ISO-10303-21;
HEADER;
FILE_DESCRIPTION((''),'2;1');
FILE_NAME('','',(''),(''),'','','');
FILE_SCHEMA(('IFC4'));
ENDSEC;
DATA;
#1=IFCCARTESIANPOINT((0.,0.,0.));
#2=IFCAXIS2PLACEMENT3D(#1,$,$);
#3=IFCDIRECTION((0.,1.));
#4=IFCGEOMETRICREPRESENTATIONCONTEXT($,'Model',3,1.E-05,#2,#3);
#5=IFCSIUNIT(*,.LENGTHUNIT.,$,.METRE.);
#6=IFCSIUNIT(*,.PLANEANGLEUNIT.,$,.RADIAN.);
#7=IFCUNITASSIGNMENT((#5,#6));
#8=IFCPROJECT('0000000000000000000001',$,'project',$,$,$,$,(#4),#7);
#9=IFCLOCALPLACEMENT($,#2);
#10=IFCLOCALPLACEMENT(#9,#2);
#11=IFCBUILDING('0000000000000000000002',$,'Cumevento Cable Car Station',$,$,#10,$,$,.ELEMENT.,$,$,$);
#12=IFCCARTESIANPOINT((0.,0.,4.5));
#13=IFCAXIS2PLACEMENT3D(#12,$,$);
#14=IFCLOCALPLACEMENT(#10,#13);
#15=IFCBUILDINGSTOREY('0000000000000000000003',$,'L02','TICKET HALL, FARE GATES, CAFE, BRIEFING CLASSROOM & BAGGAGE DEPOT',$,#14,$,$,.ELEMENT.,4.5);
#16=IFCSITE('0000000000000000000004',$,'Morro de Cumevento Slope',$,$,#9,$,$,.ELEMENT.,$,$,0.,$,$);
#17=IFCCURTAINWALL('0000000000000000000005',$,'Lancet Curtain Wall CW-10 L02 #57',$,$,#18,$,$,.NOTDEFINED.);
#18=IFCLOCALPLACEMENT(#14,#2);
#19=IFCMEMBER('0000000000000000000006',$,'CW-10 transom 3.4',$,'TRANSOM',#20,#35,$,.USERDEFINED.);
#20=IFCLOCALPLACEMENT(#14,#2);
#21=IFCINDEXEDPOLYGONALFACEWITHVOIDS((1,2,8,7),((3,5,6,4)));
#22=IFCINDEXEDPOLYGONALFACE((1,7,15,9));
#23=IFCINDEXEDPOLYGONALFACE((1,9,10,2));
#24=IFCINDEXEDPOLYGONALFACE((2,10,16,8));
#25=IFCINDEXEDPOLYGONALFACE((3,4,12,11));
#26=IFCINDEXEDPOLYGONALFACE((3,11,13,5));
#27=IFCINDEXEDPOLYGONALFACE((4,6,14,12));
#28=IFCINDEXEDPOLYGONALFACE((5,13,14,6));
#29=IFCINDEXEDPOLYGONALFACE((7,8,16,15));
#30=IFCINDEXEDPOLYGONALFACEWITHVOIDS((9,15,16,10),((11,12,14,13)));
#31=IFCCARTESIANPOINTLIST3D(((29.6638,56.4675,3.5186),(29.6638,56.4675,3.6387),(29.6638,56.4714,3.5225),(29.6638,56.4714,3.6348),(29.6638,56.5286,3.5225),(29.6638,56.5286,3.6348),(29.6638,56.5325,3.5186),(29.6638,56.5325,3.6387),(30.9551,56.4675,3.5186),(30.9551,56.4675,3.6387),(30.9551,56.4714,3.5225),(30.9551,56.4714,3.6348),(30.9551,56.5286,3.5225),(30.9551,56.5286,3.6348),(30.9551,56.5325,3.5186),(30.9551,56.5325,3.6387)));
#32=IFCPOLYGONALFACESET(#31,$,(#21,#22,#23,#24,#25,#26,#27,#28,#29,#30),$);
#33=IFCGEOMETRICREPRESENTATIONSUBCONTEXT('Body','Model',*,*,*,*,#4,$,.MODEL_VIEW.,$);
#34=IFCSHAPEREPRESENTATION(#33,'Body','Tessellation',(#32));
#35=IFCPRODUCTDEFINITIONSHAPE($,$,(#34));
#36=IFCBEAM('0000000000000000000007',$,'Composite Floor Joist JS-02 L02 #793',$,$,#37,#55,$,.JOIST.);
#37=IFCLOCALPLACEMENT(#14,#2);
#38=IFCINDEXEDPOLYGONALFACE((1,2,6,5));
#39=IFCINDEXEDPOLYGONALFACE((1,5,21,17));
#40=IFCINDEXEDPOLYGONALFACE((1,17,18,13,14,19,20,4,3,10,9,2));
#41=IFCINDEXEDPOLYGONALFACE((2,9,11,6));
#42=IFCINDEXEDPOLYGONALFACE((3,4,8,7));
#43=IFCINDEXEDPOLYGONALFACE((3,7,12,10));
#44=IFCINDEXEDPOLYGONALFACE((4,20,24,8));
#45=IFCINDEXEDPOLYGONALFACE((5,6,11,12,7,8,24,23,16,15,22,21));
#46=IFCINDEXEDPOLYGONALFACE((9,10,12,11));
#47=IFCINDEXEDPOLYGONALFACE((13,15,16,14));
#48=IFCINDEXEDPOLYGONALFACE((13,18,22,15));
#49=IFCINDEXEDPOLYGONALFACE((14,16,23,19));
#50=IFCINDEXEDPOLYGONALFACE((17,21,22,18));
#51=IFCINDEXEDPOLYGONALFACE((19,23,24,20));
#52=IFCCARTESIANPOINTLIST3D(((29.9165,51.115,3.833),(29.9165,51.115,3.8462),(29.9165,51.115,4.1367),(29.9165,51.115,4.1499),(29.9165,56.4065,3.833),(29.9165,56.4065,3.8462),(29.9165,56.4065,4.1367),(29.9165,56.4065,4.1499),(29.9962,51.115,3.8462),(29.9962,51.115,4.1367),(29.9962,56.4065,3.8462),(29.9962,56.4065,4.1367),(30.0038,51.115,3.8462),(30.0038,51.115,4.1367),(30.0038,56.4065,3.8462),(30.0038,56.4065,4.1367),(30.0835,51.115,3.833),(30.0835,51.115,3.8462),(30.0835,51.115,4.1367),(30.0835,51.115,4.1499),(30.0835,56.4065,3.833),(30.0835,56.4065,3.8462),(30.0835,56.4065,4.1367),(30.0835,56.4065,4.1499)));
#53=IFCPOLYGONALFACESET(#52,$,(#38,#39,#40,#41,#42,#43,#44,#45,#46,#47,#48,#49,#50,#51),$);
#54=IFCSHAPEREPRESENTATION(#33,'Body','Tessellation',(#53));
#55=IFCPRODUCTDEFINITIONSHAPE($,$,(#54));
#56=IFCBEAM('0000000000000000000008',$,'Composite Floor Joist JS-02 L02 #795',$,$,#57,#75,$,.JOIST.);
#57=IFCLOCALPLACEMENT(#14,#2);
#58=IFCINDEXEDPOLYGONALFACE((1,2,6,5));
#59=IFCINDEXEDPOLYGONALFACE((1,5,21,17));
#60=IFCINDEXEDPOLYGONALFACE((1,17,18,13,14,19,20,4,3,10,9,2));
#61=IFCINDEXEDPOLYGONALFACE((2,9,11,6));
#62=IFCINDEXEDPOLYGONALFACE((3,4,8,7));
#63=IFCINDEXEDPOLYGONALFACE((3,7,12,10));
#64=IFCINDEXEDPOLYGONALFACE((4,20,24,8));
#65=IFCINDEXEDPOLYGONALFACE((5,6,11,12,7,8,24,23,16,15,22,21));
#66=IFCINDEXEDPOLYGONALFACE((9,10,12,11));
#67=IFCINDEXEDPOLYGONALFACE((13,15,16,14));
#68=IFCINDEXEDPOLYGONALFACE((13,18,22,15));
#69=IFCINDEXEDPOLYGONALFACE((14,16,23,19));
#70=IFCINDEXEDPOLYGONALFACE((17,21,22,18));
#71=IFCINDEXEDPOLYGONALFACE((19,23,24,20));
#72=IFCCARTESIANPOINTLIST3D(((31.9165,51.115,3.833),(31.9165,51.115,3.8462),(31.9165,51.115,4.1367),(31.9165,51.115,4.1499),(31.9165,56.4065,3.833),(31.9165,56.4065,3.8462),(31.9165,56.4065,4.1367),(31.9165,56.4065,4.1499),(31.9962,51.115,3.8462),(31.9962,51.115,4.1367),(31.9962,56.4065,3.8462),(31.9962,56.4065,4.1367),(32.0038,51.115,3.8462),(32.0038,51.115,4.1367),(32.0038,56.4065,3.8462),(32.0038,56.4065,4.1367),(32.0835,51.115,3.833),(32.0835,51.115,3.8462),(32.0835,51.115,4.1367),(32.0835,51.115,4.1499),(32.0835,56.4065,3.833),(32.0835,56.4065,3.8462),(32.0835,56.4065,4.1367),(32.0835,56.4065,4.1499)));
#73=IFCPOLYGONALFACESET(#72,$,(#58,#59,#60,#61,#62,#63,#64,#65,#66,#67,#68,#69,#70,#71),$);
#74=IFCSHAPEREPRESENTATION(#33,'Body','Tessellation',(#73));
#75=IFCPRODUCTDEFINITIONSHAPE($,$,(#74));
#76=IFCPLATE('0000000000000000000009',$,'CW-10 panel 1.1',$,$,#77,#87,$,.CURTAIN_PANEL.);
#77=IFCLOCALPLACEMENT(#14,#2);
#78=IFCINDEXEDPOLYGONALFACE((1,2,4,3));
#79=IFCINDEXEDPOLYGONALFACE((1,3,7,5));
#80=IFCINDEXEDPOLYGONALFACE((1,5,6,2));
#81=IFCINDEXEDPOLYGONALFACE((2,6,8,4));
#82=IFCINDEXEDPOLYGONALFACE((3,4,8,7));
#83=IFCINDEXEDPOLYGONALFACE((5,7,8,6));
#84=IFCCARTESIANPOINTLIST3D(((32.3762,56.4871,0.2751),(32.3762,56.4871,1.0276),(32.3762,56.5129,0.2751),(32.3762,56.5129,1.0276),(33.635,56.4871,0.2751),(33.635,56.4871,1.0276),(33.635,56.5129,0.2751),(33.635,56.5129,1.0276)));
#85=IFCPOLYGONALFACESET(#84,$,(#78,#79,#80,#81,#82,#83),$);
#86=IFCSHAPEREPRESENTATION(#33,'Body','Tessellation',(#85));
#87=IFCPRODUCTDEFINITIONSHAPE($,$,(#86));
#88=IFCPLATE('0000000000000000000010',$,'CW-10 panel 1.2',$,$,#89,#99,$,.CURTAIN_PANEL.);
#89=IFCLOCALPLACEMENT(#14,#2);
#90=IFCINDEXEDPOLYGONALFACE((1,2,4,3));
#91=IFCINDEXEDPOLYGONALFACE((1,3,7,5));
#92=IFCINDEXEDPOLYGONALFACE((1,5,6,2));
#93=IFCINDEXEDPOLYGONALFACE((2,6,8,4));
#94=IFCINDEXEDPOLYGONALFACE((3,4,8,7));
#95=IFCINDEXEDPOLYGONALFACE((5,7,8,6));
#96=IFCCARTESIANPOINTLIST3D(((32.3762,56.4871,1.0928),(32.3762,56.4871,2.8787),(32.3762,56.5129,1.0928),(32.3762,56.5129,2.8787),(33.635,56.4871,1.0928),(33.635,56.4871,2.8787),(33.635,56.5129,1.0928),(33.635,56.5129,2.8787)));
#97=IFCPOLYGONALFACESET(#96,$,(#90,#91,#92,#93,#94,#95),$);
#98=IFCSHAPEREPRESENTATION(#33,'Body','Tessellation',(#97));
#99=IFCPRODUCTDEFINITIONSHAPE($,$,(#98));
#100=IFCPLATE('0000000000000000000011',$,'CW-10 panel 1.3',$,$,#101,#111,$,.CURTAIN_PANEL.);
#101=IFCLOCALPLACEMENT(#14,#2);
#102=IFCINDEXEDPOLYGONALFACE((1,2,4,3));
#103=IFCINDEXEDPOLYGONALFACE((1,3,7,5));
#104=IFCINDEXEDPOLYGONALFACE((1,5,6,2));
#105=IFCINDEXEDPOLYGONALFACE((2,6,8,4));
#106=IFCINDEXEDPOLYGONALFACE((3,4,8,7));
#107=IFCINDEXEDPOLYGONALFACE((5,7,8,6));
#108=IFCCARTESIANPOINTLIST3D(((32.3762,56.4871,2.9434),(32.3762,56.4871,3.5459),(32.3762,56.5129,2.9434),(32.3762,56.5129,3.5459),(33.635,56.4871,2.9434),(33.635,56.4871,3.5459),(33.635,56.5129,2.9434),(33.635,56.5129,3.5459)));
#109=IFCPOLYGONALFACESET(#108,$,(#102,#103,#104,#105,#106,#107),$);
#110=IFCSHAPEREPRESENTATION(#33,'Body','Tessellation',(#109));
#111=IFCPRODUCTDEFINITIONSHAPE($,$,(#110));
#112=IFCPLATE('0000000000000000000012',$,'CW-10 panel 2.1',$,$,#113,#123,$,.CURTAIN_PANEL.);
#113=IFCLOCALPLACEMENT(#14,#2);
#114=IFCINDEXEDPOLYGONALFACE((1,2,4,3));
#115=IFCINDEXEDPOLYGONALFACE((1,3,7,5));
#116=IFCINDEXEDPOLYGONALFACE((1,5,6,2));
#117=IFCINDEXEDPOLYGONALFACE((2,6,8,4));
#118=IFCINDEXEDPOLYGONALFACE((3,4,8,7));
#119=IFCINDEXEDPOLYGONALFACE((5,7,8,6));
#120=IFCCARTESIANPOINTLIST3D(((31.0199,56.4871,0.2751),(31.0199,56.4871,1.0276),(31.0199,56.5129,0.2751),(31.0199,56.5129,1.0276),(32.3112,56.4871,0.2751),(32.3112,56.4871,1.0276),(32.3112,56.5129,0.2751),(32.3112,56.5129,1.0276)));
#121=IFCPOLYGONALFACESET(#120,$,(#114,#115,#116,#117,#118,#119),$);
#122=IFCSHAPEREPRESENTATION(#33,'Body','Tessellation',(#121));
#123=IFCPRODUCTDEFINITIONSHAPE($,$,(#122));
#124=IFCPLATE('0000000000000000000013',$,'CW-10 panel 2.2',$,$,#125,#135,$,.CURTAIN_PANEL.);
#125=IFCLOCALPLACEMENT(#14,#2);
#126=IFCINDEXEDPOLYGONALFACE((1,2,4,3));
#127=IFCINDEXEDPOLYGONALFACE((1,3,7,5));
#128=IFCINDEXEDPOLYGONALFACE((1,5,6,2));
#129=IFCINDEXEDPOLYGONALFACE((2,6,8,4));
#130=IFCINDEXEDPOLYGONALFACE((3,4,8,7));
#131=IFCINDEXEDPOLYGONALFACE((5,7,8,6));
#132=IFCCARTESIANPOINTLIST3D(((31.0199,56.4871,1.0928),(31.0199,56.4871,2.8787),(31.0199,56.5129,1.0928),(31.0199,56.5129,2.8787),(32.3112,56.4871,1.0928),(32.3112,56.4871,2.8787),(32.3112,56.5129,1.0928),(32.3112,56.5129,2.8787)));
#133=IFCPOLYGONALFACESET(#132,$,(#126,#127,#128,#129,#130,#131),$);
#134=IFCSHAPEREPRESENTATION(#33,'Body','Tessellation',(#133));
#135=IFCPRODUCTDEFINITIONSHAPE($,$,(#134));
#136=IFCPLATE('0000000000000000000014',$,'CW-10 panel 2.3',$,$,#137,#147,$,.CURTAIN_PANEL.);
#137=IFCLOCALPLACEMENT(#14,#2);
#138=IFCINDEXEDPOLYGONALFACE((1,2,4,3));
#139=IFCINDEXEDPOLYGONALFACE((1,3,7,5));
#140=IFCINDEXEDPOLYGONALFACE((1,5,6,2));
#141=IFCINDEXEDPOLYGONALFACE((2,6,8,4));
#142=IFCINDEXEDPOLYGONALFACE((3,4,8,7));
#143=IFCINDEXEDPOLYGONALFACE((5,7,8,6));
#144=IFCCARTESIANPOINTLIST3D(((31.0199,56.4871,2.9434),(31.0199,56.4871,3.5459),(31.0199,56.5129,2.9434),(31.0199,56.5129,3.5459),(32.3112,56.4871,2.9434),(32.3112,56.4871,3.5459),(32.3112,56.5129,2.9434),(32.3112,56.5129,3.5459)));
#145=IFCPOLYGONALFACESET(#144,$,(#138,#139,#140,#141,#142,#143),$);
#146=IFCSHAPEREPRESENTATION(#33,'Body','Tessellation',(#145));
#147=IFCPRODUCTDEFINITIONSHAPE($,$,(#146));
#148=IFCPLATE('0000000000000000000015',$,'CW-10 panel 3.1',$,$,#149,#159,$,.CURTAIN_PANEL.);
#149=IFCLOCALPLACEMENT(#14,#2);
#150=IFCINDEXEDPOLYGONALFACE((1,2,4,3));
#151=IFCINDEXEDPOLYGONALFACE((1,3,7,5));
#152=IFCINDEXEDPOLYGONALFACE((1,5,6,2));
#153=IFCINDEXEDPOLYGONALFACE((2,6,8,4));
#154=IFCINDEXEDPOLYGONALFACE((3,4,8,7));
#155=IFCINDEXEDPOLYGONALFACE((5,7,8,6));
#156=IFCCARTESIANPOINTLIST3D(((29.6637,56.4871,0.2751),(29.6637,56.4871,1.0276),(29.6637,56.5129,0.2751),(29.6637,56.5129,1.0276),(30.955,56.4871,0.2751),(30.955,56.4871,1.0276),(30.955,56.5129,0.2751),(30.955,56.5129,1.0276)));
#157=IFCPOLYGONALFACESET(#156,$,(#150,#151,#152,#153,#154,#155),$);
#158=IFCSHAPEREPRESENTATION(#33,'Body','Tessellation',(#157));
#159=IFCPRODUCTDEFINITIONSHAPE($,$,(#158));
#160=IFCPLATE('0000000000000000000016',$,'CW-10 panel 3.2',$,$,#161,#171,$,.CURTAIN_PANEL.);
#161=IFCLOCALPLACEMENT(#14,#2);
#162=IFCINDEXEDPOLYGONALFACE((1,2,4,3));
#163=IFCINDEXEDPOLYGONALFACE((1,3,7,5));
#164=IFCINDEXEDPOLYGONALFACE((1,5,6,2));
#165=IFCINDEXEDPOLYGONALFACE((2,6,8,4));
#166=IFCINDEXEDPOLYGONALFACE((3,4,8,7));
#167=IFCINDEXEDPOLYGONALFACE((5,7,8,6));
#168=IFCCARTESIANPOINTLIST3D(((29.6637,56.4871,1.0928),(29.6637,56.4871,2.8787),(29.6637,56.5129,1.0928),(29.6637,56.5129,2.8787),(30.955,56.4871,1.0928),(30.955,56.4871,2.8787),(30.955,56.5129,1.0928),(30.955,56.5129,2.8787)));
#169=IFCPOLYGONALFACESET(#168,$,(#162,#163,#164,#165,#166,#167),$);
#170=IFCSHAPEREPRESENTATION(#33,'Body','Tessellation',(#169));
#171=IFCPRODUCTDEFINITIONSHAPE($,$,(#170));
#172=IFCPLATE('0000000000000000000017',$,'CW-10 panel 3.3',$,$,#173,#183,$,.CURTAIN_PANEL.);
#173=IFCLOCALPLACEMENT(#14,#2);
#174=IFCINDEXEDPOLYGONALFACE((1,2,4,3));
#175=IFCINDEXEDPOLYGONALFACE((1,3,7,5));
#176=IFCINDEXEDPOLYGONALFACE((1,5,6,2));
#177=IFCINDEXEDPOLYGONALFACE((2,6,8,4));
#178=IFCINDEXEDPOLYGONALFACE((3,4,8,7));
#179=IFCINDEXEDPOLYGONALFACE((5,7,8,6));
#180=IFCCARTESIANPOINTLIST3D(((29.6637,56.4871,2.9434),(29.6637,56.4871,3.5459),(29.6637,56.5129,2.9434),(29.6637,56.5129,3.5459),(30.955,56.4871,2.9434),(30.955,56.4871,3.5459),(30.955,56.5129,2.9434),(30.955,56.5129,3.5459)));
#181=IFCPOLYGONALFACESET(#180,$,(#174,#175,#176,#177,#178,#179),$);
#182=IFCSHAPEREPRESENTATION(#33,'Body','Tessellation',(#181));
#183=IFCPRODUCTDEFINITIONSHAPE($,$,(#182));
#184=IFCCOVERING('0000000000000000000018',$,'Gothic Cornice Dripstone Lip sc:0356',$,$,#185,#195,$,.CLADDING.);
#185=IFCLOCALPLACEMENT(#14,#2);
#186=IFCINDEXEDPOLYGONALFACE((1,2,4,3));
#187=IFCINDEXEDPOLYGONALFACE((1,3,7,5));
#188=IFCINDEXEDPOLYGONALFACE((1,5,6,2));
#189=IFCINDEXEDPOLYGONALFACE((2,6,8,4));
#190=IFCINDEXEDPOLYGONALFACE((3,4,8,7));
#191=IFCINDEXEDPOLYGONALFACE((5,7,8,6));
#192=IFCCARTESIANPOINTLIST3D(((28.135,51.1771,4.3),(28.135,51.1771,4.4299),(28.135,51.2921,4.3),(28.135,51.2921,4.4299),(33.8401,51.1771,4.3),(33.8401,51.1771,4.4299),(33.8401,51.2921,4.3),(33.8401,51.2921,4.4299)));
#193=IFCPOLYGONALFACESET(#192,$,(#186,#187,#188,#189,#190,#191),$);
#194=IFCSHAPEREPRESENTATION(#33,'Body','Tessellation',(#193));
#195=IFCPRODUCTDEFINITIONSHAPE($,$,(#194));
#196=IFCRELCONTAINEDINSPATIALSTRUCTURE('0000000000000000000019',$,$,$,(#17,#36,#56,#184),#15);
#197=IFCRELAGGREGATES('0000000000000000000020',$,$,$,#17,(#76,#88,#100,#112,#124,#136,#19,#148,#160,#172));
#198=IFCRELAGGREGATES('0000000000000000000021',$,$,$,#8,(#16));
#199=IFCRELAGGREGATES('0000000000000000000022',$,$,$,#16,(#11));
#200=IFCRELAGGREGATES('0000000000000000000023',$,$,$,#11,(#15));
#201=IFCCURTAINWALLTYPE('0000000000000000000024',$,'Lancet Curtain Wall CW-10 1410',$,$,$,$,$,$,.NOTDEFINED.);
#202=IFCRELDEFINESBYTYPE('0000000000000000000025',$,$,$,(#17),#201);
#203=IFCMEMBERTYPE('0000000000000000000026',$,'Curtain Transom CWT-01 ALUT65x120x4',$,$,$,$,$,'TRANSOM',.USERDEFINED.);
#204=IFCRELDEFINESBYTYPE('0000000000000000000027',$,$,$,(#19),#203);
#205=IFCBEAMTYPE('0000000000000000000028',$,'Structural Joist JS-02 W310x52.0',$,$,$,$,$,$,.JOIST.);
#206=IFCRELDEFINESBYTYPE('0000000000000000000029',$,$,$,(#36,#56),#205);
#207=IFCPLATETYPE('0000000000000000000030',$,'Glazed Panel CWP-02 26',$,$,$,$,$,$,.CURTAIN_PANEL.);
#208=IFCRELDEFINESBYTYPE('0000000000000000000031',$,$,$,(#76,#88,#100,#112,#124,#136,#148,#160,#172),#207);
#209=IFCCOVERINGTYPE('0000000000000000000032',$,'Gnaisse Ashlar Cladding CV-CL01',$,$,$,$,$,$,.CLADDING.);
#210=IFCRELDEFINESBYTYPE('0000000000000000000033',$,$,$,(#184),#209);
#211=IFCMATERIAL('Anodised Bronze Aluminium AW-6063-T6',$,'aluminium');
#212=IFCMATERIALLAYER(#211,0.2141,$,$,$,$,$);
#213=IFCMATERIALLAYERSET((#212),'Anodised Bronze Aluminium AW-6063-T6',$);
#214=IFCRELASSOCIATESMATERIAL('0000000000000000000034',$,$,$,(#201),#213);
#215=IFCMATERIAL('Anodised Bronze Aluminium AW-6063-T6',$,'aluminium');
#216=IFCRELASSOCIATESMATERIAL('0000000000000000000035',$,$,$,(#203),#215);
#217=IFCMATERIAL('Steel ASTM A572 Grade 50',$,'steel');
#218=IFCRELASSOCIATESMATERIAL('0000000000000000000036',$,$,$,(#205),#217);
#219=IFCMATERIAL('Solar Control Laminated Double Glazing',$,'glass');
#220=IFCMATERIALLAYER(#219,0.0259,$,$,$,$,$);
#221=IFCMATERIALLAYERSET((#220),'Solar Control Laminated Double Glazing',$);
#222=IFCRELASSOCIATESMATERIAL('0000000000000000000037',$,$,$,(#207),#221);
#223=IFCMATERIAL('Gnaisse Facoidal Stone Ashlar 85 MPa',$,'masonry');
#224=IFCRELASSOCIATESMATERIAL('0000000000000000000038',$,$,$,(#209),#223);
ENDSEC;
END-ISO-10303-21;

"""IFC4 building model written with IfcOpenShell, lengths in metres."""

from ifc_helpers import new_model, si_unit, direction, frame, origin, origin_2d, place, context, subcontext, project, spatial, rectangle, hollow_rectangle, i_section, extrude, material, layer, layer_set, material_profile, profile_set, type_object, element, aggregate, save


model = new_model("IFC4")

# Units and contexts
model_context = context("Model", 3, precision=1e-05, world=origin(), true_north=direction((0.0, 1.0)))
body_context = subcontext(model_context, "Body", "Model", "MODEL_VIEW")
ifc_project = project(units=[si_unit("LENGTHUNIT", "METRE"), si_unit("PLANEANGLEUNIT", "RADIAN")], contexts=[model_context])

# Site, building, storey
site_placement = place(None, origin())
site = spatial("IfcSite", under=ifc_project, at=site_placement, Name="Morro de Cumevento Slope", CompositionType="ELEMENT", RefElevation=0.0)
building_placement = place(site_placement, origin())
building = spatial("IfcBuilding", under=site, at=building_placement, Name="Cumevento Cable Car Station", CompositionType="ELEMENT")
storey_placement = place(building_placement, frame((0.0, 0.0, 4.5)))
storey = spatial("IfcBuildingStorey", under=building, at=storey_placement, Name="L02", Description="TICKET HALL, FARE GATES, CAFE, BRIEFING CLASSROOM & BAGGAGE DEPOT", CompositionType="ELEMENT", Elevation=4.5)

# Curtain wall, member
ifc_material_1 = material(Name="Anodised Bronze Aluminium AW-6063-T6", Category="aluminium")
ifc_layer_1 = layer(ifc_material_1, 0.2141)
ifc_layer_set_1 = layer_set([ifc_layer_1], Name="Anodised Bronze Aluminium AW-6063-T6")
curtain_wall_type = type_object("IfcCurtainWallType", Name="Lancet Curtain Wall CW-10 1410", PredefinedType="NOTDEFINED", material=ifc_layer_set_1)
curtain_wall_placement = place(storey_placement, origin())
curtain_wall = element("IfcCurtainWall", 1, at=curtain_wall_placement, inside=storey, type_object=curtain_wall_type, Name="Lancet Curtain Wall CW-10 L02 #57", PredefinedType="NOTDEFINED")
ifc_material_2 = material(Name="Anodised Bronze Aluminium AW-6063-T6", Category="aluminium")
ifc_material_profile_1 = material_profile(ifc_material_2, hollow_rectangle(XDim=0.0649, YDim=0.1201, WallThickness=0.0039, at=origin_2d()), Name="ALUT65x120x4")
ifc_profile_set_1 = profile_set([ifc_material_profile_1], Name="Anodised Bronze Aluminium AW-6063-T6")
member_type_1 = type_object("IfcMemberType", Name="Curtain Transom CWT-01 ALUT65x120x4", ElementType="TRANSOM", PredefinedType="USERDEFINED", material=ifc_profile_set_1)
member_1_placement = place(storey_placement, frame((30.9551, 56.5, 3.5786), z_axis=(-1.0, 0.0, 0.0), x_axis=(0.0, -1.0, 0.0)))
member_1 = element("IfcMember", 2, at=member_1_placement, type_object=member_type_1, Name="CW-10 transom 3.4", ObjectType="TRANSOM", PredefinedType="USERDEFINED", context=body_context, shape_type="SweptSolid", body=[
    extrude(hollow_rectangle(XDim=0.0649, YDim=0.1201, WallThickness=0.0039, at=origin_2d()), origin(), (0.0, 0.0, 1.0), 1.2913),
])

# Beams
ifc_material_3 = material(Name="Steel ASTM A572 Grade 50", Category="steel")
ifc_material_profile_2 = material_profile(ifc_material_3, i_section(OverallWidth=0.167, OverallDepth=0.3169, WebThickness=0.0076, FlangeThickness=0.0132, at=origin_2d()), Name="W310x52.0")
ifc_profile_set_2 = profile_set([ifc_material_profile_2], Name="Steel ASTM A572 Grade 50")
beam_type = type_object("IfcBeamType", Name="Structural Joist JS-02 W310x52.0", PredefinedType="JOIST", material=ifc_profile_set_2)
for number, where, z_axis, x_axis, name in (
    (3, (30.0, 51.115, 3.9915), (0.0, 1.0, 0.0), (-1.0, 0.0, 0.0), "Composite Floor Joist JS-02 L02 #793"),
    (4, (32.0, 51.115, 3.9915), (0.0, 1.0, 0.0), (-1.0, 0.0, 0.0), "Composite Floor Joist JS-02 L02 #795"),
):
    element("IfcBeam", number, at=place(storey_placement, frame(where, z_axis=z_axis, x_axis=x_axis)), inside=storey, type_object=beam_type, Name=name, PredefinedType="JOIST", context=body_context, shape_type="SweptSolid", body=[
        extrude(i_section(OverallWidth=0.167, OverallDepth=0.3169, WebThickness=0.0076, FlangeThickness=0.0132, at=origin_2d()), origin(), (0.0, 0.0, 1.0), 5.2915),
    ])

# Plates
ifc_material_4 = material(Name="Solar Control Laminated Double Glazing", Category="glass")
ifc_layer_2 = layer(ifc_material_4, 0.0259)
ifc_layer_set_2 = layer_set([ifc_layer_2], Name="Solar Control Laminated Double Glazing")
plate_type = type_object("IfcPlateType", Name="Glazed Panel CWP-02 26", PredefinedType="CURTAIN_PANEL", material=ifc_layer_set_2)
plate_1_placement = place(storey_placement, frame((33.0056, 56.5, 0.2751), z_axis=(0.0, 0.0, 1.0), x_axis=(-1.0, 0.0, 0.0)))
plate_1 = element("IfcPlate", 5, at=plate_1_placement, type_object=plate_type, Name="CW-10 panel 1.1", PredefinedType="CURTAIN_PANEL", context=body_context, shape_type="SweptSolid", body=[
    extrude(rectangle(XDim=1.2588, YDim=0.0259, at=origin_2d()), origin(), (0.0, 0.0, 1.0), 0.7524),
])
plate_2_placement = place(storey_placement, frame((33.0056, 56.5, 1.0928), z_axis=(0.0, 0.0, 1.0), x_axis=(-1.0, 0.0, 0.0)))
plate_2 = element("IfcPlate", 6, at=plate_2_placement, type_object=plate_type, Name="CW-10 panel 1.2", PredefinedType="CURTAIN_PANEL", context=body_context, shape_type="SweptSolid", body=[
    extrude(rectangle(XDim=1.2588, YDim=0.0259, at=origin_2d()), origin(), (0.0, 0.0, 1.0), 1.7859),
])
plate_3_placement = place(storey_placement, frame((33.0056, 56.5, 2.9434), z_axis=(0.0, 0.0, 1.0), x_axis=(-1.0, 0.0, 0.0)))
plate_3 = element("IfcPlate", 7, at=plate_3_placement, type_object=plate_type, Name="CW-10 panel 1.3", PredefinedType="CURTAIN_PANEL", context=body_context, shape_type="SweptSolid", body=[
    extrude(rectangle(XDim=1.2588, YDim=0.0259, at=origin_2d()), origin(), (0.0, 0.0, 1.0), 0.6025),
])
plate_4_placement = place(storey_placement, frame((31.6655, 56.5, 0.2751), z_axis=(0.0, 0.0, 1.0), x_axis=(-1.0, 0.0, 0.0)))
plate_4 = element("IfcPlate", 8, at=plate_4_placement, type_object=plate_type, Name="CW-10 panel 2.1", PredefinedType="CURTAIN_PANEL", context=body_context, shape_type="SweptSolid", body=[
    extrude(rectangle(XDim=1.2913, YDim=0.0259, at=origin_2d()), origin(), (0.0, 0.0, 1.0), 0.7524),
])
plate_5_placement = place(storey_placement, frame((31.6655, 56.5, 1.0928), z_axis=(0.0, 0.0, 1.0), x_axis=(-1.0, 0.0, 0.0)))
plate_5 = element("IfcPlate", 9, at=plate_5_placement, type_object=plate_type, Name="CW-10 panel 2.2", PredefinedType="CURTAIN_PANEL", context=body_context, shape_type="SweptSolid", body=[
    extrude(rectangle(XDim=1.2913, YDim=0.0259, at=origin_2d()), origin(), (0.0, 0.0, 1.0), 1.7859),
])
plate_6_placement = place(storey_placement, frame((31.6655, 56.5, 2.9434), z_axis=(0.0, 0.0, 1.0), x_axis=(-1.0, 0.0, 0.0)))
plate_6 = element("IfcPlate", 10, at=plate_6_placement, type_object=plate_type, Name="CW-10 panel 2.3", PredefinedType="CURTAIN_PANEL", context=body_context, shape_type="SweptSolid", body=[
    extrude(rectangle(XDim=1.2913, YDim=0.0259, at=origin_2d()), origin(), (0.0, 0.0, 1.0), 0.6025),
])
plate_7_placement = place(storey_placement, frame((30.3093, 56.5, 0.2751), z_axis=(0.0, 0.0, 1.0), x_axis=(-1.0, 0.0, 0.0)))
plate_7 = element("IfcPlate", 11, at=plate_7_placement, type_object=plate_type, Name="CW-10 panel 3.1", PredefinedType="CURTAIN_PANEL", context=body_context, shape_type="SweptSolid", body=[
    extrude(rectangle(XDim=1.2913, YDim=0.0259, at=origin_2d()), origin(), (0.0, 0.0, 1.0), 0.7524),
])
plate_8_placement = place(storey_placement, frame((30.3093, 56.5, 1.0928), z_axis=(0.0, 0.0, 1.0), x_axis=(-1.0, 0.0, 0.0)))
plate_8 = element("IfcPlate", 12, at=plate_8_placement, type_object=plate_type, Name="CW-10 panel 3.2", PredefinedType="CURTAIN_PANEL", context=body_context, shape_type="SweptSolid", body=[
    extrude(rectangle(XDim=1.2913, YDim=0.0259, at=origin_2d()), origin(), (0.0, 0.0, 1.0), 1.7859),
])
plate_9_placement = place(storey_placement, frame((30.3093, 56.5, 2.9434), z_axis=(0.0, 0.0, 1.0), x_axis=(-1.0, 0.0, 0.0)))
plate_9 = element("IfcPlate", 13, at=plate_9_placement, type_object=plate_type, Name="CW-10 panel 3.3", PredefinedType="CURTAIN_PANEL", context=body_context, shape_type="SweptSolid", body=[
    extrude(rectangle(XDim=1.2913, YDim=0.0259, at=origin_2d()), origin(), (0.0, 0.0, 1.0), 0.6025),
])
aggregate(curtain_wall, [plate_1, plate_2, plate_3, plate_4, plate_5, plate_6, member_1, plate_7, plate_8, plate_9])

# Covering
ifc_material_5 = material(Name="Gnaisse Facoidal Stone Ashlar 85 MPa", Category="masonry")
covering_type = type_object("IfcCoveringType", Name="Gnaisse Ashlar Cladding CV-CL01", PredefinedType="CLADDING", material=ifc_material_5)
for number, where, z_axis, x_axis, name in (
    (14, (30.9875, 51.2346, 4.3), (0.0, 0.0, 1.0), (1.0, 0.0, 0.0), "Gothic Cornice Dripstone Lip sc:0356"),
):
    element("IfcCovering", number, at=place(storey_placement, frame(where, z_axis=z_axis, x_axis=x_axis)), inside=storey, type_object=covering_type, Name=name, PredefinedType="CLADDING", context=body_context, shape_type="SweptSolid", body=[
        extrude(rectangle(XDim=5.7051, YDim=0.115, at=origin_2d()), origin(), (0.0, 0.0, 1.0), 0.1299),
    ])

save(model, "model.ifc")
